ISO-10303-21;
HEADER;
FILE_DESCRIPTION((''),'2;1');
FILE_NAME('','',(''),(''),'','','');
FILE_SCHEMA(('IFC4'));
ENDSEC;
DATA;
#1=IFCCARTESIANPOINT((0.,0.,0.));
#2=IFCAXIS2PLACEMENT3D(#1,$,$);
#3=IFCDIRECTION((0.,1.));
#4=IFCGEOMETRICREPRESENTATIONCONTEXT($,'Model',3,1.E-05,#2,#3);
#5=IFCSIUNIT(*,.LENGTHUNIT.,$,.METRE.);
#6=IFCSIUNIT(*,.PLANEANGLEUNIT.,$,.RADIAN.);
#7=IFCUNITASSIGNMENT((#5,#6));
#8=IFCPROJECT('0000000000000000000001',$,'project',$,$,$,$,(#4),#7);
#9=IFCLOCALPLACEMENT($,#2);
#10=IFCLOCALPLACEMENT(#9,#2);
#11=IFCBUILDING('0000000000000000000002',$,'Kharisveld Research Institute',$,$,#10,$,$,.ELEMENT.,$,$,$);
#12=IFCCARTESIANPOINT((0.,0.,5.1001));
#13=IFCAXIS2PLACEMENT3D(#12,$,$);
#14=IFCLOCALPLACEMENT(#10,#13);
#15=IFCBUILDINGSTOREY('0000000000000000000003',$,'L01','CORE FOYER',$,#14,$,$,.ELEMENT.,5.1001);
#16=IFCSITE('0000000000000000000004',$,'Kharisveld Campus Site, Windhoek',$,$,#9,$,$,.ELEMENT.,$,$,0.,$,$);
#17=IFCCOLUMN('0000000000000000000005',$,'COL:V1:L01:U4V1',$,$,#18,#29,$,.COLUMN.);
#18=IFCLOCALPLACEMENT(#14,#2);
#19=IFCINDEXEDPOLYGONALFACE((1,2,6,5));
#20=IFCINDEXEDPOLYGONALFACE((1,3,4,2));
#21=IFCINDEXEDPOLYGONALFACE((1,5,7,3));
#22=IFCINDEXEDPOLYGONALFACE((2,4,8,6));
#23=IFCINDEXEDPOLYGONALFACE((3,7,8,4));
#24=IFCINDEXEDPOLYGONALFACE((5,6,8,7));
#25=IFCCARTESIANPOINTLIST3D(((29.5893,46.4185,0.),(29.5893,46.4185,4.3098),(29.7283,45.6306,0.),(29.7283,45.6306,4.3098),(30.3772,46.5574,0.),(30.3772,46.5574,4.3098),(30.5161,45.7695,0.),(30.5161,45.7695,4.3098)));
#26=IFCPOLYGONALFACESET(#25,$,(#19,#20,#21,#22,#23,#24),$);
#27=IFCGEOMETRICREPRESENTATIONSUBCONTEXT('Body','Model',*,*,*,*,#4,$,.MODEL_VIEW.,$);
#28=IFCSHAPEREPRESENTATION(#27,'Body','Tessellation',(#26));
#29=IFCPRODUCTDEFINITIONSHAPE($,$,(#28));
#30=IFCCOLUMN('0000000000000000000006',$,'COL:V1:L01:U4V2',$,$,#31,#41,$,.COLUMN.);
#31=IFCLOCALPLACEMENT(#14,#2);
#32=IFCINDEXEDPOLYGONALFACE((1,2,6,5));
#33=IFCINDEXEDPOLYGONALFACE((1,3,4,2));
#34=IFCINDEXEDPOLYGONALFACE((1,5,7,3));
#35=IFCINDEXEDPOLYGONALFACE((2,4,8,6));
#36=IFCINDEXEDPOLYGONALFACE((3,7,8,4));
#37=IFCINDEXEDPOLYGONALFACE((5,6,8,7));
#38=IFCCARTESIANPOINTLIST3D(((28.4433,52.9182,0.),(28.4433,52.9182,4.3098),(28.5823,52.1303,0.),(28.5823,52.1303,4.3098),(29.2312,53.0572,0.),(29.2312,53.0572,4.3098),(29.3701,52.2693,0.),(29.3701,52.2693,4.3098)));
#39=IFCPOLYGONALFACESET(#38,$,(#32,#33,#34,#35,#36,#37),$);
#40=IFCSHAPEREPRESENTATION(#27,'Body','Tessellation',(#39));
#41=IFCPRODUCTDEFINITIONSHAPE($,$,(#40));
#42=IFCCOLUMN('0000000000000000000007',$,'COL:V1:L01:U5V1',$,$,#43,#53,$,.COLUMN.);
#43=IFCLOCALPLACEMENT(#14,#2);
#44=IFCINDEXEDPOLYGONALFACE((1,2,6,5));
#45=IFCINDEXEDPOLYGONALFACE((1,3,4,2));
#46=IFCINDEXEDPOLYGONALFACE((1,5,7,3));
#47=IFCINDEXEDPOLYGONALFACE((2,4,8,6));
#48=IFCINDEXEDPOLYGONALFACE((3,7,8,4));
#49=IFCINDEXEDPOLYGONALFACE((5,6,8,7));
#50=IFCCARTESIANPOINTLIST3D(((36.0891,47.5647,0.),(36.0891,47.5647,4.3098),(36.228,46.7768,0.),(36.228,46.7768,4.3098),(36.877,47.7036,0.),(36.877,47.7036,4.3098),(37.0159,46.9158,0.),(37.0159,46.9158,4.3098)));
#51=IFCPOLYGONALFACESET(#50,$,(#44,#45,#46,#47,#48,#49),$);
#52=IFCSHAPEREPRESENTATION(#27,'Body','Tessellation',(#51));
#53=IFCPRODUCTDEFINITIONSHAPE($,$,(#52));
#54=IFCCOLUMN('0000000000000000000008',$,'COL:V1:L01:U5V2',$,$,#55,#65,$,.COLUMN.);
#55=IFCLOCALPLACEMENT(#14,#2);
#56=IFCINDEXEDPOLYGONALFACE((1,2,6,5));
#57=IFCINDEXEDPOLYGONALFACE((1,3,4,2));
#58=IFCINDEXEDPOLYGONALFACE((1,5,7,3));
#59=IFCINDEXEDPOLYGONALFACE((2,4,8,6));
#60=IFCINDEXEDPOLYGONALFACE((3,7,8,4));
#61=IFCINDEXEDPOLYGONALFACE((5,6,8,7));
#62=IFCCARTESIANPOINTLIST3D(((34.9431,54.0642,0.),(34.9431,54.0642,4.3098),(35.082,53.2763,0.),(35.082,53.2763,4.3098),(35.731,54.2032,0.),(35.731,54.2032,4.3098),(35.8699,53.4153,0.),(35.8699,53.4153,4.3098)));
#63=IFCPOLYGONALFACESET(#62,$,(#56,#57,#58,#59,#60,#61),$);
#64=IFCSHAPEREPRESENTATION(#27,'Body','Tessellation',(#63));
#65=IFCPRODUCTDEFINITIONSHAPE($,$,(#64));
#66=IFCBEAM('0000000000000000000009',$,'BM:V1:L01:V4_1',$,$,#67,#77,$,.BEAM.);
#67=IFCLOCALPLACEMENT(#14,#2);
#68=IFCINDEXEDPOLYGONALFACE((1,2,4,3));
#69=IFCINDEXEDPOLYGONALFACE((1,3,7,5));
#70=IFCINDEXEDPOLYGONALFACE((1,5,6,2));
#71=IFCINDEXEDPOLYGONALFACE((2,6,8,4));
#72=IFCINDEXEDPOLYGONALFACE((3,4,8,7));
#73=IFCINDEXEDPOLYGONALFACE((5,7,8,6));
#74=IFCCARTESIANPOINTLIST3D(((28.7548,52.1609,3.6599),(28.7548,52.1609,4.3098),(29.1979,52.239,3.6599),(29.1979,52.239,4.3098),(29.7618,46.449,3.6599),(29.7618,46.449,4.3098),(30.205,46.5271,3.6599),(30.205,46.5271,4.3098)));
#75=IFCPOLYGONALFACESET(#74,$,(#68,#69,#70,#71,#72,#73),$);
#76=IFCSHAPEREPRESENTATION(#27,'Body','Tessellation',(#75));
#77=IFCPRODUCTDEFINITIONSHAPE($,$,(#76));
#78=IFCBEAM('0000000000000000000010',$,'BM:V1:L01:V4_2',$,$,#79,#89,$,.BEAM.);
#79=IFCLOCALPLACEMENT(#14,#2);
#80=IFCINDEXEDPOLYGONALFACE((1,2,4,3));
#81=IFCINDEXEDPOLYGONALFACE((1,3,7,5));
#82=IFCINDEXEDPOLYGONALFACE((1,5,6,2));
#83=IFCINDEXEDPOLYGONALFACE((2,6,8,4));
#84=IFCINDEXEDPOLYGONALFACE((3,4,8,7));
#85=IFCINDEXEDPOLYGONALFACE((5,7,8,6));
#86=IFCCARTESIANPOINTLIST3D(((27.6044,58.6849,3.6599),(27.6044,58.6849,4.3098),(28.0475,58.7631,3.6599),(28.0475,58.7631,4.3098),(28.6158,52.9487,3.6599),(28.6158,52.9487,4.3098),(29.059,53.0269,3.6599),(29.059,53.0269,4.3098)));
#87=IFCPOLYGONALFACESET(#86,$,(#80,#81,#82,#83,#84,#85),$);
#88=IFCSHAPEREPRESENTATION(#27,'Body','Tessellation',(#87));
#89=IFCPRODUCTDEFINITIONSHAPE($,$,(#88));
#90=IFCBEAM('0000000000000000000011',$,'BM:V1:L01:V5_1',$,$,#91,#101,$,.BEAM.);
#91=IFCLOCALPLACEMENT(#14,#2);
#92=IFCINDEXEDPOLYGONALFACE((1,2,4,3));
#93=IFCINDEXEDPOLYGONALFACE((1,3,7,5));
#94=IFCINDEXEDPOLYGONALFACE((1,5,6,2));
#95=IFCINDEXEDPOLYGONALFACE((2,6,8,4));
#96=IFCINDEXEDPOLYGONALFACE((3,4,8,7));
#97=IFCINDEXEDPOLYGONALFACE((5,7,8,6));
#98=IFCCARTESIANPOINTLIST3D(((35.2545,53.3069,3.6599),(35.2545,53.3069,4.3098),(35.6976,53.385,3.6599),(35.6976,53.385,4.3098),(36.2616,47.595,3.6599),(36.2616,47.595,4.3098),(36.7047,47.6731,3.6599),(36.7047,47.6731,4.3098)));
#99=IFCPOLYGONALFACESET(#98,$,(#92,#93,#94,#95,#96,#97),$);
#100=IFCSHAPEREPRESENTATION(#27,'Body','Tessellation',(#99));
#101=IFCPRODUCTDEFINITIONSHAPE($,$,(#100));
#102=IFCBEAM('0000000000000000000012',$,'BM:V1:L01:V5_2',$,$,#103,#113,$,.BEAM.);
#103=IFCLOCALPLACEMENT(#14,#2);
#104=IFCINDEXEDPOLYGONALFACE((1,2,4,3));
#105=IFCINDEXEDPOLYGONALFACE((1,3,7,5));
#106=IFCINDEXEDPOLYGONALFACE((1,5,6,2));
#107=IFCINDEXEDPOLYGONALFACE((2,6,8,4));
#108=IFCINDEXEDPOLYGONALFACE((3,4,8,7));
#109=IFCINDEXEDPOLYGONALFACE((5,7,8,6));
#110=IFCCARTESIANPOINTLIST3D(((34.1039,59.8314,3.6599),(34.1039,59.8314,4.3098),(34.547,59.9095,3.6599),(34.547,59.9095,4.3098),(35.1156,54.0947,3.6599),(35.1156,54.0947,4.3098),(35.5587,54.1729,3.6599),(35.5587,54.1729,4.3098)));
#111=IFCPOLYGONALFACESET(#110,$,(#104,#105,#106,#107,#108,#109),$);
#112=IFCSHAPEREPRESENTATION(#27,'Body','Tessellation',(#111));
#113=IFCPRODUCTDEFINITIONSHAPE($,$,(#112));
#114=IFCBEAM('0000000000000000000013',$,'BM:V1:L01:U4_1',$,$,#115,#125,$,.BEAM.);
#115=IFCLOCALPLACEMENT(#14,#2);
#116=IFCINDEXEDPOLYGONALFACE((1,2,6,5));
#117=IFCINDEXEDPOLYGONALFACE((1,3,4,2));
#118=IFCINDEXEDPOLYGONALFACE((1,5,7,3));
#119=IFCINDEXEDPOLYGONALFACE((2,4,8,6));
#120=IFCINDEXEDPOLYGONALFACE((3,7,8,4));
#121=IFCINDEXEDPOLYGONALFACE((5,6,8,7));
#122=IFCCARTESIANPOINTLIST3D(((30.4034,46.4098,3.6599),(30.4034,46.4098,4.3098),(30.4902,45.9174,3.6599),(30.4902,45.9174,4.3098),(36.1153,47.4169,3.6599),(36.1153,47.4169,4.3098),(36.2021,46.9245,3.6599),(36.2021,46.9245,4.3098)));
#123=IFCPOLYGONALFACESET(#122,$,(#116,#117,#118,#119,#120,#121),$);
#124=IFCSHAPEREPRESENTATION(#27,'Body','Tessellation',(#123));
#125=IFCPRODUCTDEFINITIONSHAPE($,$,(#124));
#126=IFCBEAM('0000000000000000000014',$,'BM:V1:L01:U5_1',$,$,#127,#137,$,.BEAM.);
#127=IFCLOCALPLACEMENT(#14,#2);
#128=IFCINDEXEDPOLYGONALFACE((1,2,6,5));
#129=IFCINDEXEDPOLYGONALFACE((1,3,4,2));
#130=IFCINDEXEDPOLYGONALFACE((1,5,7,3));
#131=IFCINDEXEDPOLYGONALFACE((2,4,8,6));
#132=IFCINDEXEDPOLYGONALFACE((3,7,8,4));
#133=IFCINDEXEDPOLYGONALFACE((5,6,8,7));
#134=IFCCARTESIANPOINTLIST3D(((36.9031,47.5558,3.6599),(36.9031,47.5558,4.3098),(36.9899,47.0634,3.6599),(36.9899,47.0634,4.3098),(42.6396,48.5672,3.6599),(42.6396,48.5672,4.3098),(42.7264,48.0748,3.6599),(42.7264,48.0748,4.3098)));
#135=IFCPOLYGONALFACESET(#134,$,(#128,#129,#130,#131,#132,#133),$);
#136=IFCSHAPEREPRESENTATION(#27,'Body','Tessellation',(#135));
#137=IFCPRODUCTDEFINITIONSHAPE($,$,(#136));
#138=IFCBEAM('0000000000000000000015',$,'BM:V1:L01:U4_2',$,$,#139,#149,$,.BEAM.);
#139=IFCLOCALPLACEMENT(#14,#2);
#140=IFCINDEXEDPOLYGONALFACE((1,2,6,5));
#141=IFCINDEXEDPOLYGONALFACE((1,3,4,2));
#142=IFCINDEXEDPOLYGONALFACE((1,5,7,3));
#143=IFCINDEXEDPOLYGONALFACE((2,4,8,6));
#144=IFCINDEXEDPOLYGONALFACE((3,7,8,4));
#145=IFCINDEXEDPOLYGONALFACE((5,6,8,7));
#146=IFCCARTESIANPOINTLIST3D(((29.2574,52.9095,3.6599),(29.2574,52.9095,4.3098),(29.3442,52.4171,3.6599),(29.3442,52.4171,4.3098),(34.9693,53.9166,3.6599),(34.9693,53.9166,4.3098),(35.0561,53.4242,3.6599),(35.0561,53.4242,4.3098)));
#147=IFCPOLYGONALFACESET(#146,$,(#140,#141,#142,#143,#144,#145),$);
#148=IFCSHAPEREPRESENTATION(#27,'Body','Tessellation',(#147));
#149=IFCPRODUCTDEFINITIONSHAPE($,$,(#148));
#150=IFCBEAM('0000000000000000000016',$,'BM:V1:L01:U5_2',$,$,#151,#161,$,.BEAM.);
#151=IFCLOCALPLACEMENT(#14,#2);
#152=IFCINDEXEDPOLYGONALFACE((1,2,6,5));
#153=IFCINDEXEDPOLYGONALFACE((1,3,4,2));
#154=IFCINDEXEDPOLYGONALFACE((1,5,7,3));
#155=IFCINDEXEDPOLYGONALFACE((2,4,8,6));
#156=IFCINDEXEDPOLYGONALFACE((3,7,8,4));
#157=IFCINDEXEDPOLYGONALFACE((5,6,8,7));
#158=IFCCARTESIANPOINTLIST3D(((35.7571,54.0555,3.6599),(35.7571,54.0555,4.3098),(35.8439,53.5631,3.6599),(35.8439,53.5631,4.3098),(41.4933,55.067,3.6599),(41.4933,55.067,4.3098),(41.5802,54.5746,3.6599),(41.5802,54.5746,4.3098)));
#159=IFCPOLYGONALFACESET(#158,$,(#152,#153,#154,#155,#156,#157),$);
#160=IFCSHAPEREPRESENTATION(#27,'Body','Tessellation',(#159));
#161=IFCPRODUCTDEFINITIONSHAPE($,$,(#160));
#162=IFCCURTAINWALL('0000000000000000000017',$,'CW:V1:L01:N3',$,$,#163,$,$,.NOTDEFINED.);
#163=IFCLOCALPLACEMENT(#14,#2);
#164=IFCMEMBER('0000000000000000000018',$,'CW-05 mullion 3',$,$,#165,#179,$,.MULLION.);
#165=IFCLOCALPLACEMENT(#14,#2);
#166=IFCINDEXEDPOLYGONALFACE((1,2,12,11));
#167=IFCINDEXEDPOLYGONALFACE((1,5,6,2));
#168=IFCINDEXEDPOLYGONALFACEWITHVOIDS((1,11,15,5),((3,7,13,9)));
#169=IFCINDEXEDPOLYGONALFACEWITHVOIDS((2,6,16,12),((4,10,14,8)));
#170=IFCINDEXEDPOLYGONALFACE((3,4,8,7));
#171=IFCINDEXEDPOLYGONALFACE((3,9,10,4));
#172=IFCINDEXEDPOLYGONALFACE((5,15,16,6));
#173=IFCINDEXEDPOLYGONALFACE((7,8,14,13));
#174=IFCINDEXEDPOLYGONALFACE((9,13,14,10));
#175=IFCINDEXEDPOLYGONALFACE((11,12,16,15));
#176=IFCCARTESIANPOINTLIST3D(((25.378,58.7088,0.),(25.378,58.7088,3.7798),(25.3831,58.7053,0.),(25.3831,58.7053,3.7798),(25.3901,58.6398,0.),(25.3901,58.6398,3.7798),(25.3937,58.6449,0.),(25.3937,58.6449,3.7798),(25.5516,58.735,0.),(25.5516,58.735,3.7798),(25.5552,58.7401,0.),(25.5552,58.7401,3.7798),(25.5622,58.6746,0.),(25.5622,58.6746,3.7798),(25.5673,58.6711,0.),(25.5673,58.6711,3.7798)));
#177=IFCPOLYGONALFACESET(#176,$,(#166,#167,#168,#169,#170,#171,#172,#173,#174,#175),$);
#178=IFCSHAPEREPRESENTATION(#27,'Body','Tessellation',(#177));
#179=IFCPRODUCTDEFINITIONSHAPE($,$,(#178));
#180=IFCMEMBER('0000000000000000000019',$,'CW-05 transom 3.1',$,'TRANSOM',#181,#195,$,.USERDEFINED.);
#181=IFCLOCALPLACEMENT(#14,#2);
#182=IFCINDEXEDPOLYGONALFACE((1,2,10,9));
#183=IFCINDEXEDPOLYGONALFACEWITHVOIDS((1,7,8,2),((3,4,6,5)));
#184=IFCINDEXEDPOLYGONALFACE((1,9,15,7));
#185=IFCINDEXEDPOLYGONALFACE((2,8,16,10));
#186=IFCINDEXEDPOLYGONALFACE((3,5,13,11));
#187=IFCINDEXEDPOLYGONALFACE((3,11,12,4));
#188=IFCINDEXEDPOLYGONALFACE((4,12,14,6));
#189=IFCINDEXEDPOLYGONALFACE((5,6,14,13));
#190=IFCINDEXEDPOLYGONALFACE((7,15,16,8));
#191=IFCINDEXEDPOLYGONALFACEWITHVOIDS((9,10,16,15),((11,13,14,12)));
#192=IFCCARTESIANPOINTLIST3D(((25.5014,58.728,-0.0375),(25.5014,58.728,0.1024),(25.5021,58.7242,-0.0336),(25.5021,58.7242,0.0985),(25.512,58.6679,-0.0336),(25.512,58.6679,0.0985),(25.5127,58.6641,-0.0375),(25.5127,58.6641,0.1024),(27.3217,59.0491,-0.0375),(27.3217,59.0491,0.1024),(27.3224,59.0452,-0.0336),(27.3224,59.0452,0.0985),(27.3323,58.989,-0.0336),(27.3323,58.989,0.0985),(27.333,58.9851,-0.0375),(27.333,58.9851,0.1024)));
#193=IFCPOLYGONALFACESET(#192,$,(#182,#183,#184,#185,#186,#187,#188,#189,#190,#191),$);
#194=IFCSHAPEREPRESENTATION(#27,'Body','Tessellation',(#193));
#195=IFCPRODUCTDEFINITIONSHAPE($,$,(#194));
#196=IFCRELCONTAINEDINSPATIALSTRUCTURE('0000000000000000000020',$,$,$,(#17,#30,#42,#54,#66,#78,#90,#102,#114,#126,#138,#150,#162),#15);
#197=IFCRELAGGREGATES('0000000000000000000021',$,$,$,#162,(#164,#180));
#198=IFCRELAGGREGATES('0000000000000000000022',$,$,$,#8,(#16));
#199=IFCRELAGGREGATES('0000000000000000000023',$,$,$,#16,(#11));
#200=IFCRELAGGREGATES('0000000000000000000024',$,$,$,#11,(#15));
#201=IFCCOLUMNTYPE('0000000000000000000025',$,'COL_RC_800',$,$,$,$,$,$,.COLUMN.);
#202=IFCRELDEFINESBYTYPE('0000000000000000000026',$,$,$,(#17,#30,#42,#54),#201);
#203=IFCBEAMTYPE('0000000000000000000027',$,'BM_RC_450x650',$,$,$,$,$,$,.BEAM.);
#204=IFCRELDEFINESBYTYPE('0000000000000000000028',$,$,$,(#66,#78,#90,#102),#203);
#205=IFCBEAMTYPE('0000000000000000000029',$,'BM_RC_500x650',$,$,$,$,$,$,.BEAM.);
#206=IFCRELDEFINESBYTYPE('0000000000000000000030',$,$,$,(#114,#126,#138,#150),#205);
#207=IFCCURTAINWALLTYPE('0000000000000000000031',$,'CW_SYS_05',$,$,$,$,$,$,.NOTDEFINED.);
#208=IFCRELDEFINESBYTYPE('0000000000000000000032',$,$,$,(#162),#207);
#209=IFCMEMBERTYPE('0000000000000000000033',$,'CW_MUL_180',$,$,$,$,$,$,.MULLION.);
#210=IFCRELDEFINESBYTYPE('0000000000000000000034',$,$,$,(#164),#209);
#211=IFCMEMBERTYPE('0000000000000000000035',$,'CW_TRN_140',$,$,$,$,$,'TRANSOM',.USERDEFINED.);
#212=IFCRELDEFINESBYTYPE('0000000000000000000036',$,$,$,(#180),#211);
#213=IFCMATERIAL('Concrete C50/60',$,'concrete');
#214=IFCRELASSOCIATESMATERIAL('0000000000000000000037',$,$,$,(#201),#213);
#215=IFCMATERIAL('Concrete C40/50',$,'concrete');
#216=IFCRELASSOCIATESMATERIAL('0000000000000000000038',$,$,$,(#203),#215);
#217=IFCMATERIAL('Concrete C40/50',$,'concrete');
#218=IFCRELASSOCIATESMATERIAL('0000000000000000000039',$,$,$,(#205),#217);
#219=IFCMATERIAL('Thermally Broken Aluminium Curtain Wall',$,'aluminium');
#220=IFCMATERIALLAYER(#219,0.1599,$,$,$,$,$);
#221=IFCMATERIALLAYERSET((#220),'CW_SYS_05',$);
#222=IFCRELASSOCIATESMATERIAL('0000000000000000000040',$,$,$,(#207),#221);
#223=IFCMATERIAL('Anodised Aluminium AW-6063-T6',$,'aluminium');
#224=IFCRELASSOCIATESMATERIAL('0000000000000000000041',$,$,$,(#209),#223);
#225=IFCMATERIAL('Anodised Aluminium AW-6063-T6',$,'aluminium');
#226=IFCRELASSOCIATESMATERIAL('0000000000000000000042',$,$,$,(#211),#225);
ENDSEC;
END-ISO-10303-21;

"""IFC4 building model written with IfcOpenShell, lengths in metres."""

from ifc_helpers import new_model, si_unit, direction, frame, origin, origin_2d, place, context, subcontext, project, spatial, rectangle, hollow_rectangle, extrude, material, layer, layer_set, material_profile, profile_set, type_object, element, aggregate, save


model = new_model("IFC4")

# Units and contexts
model_context = context("Model", 3, precision=1e-05, world=origin(), true_north=direction((0.0, 1.0)))
body_context = subcontext(model_context, "Body", "Model", "MODEL_VIEW")
ifc_project = project(units=[si_unit("LENGTHUNIT", "METRE"), si_unit("PLANEANGLEUNIT", "RADIAN")], contexts=[model_context])

# Site, building, storey
site_placement = place(None, origin())
site = spatial("IfcSite", under=ifc_project, at=site_placement, Name="Kharisveld Campus Site, Windhoek", CompositionType="ELEMENT", RefElevation=0.0)
building_placement = place(site_placement, origin())
building = spatial("IfcBuilding", under=site, at=building_placement, Name="Kharisveld Research Institute", CompositionType="ELEMENT")
storey_placement = place(building_placement, frame((0.0, 0.0, 5.1001)))
storey = spatial("IfcBuildingStorey", under=building, at=storey_placement, Name="L01", Description="CORE FOYER", CompositionType="ELEMENT", Elevation=5.1001)

# Columns
ifc_material_1 = material(Name="Concrete C50/60", Category="concrete")
ifc_material_profile_1 = material_profile(ifc_material_1, rectangle(XDim=0.8, YDim=0.8, at=origin_2d()))
ifc_profile_set_1 = profile_set([ifc_material_profile_1], Name="Concrete C50/60")
column_type = type_object("IfcColumnType", Name="COL_RC_800", PredefinedType="COLUMN", material=ifc_profile_set_1)
for number, where, z_axis, x_axis, name in (
    (1, (30.0527, 46.094, 0.0), (0.0, 0.0, 1.0), (0.984808, 0.173648, 0.0), "COL:V1:L01:U4V1"),
    (2, (28.9067, 52.5938, 0.0), (0.0, 0.0, 1.0), (0.984808, 0.173648, 0.0), "COL:V1:L01:U4V2"),
    (3, (36.5525, 47.2402, 0.0), (0.0, 0.0, 1.0), (0.984808, 0.173648, 0.0), "COL:V1:L01:U5V1"),
    (4, (35.4065, 53.7397, 0.0), (0.0, 0.0, 1.0), (0.984808, 0.173648, 0.0), "COL:V1:L01:U5V2"),
):
    element("IfcColumn", number, at=place(storey_placement, frame(where, z_axis=z_axis, x_axis=x_axis)), inside=storey, type_object=column_type, Name=name, PredefinedType="COLUMN", context=body_context, shape_type="SweptSolid", body=[
        extrude(rectangle(XDim=0.8, YDim=0.8, at=origin_2d()), origin(), (0.0, 0.0, 1.0), 4.3098),
    ])

# Beams
ifc_material_2 = material(Name="Concrete C40/50", Category="concrete")
ifc_material_profile_2 = material_profile(ifc_material_2, rectangle(XDim=0.45, YDim=0.6499, at=origin_2d()))
ifc_profile_set_2 = profile_set([ifc_material_profile_2], Name="Concrete C40/50")
beam_type_1 = type_object("IfcBeamType", Name="BM_RC_450x650", PredefinedType="BEAM", material=ifc_profile_set_2)
beam_1_placement = place(storey_placement, frame((29.9834, 46.488, 3.9849), z_axis=(-0.173634, 0.98481, 0.0), x_axis=(-0.98481, -0.173634, 0.0)))
element("IfcBeam", 5, at=beam_1_placement, inside=storey, type_object=beam_type_1, Name="BM:V1:L01:V4_1", PredefinedType="BEAM", context=body_context, shape_type="SweptSolid", body=[
    extrude(rectangle(XDim=0.45, YDim=0.6499, at=origin_2d()), origin(), (0.0, 0.0, 1.0), 5.8),
])
beam_2_placement = place(storey_placement, frame((28.8374, 52.9878, 3.9849), z_axis=(-0.173649, 0.984808, 0.0), x_axis=(-0.984808, -0.173649, 0.0)))
element("IfcBeam", 6, at=beam_2_placement, inside=storey, type_object=beam_type_1, Name="BM:V1:L01:V4_2", PredefinedType="BEAM", context=body_context, shape_type="SweptSolid", body=[
    extrude(rectangle(XDim=0.45, YDim=0.6499, at=origin_2d()), origin(), (0.0, 0.0, 1.0), 5.8247),
])
beam_3_placement = place(storey_placement, frame((36.4832, 47.634, 3.9849), z_axis=(-0.173634, 0.98481, 0.0), x_axis=(-0.98481, -0.173634, 0.0)))
element("IfcBeam", 7, at=beam_3_placement, inside=storey, type_object=beam_type_1, Name="BM:V1:L01:V5_1", PredefinedType="BEAM", context=body_context, shape_type="SweptSolid", body=[
    extrude(rectangle(XDim=0.45, YDim=0.6499, at=origin_2d()), origin(), (0.0, 0.0, 1.0), 5.8),
])
beam_4_placement = place(storey_placement, frame((35.3372, 54.1338, 3.9849), z_axis=(-0.173683, 0.984802, 0.0), x_axis=(-0.984802, -0.173683, 0.0)))
element("IfcBeam", 8, at=beam_4_placement, inside=storey, type_object=beam_type_1, Name="BM:V1:L01:V5_2", PredefinedType="BEAM", context=body_context, shape_type="SweptSolid", body=[
    extrude(rectangle(XDim=0.45, YDim=0.6499, at=origin_2d()), origin(), (0.0, 0.0, 1.0), 5.8252),
])
ifc_material_3 = material(Name="Concrete C40/50", Category="concrete")
ifc_material_profile_3 = material_profile(ifc_material_3, rectangle(XDim=0.5, YDim=0.6499, at=origin_2d()))
ifc_profile_set_3 = profile_set([ifc_material_profile_3], Name="Concrete C40/50")
beam_type_2 = type_object("IfcBeamType", Name="BM_RC_500x650", PredefinedType="BEAM", material=ifc_profile_set_3)
beam_5_placement = place(storey_placement, frame((30.4468, 46.1636, 3.9849), z_axis=(0.98481, 0.173634, 0.0), x_axis=(-0.173634, 0.98481, 0.0)))
element("IfcBeam", 9, at=beam_5_placement, inside=storey, type_object=beam_type_2, Name="BM:V1:L01:U4_1", PredefinedType="BEAM", context=body_context, shape_type="SweptSolid", body=[
    extrude(rectangle(XDim=0.5, YDim=0.6499, at=origin_2d()), origin(), (0.0, 0.0, 1.0), 5.8),
])
beam_6_placement = place(storey_placement, frame((36.9465, 47.3096, 3.9849), z_axis=(0.984809, 0.173642, 0.0), x_axis=(-0.173642, 0.984809, 0.0)))
element("IfcBeam", 10, at=beam_6_placement, inside=storey, type_object=beam_type_2, Name="BM:V1:L01:U5_1", PredefinedType="BEAM", context=body_context, shape_type="SweptSolid", body=[
    extrude(rectangle(XDim=0.5, YDim=0.6499, at=origin_2d()), origin(), (0.0, 0.0, 1.0), 5.825),
])
beam_7_placement = place(storey_placement, frame((29.3008, 52.6633, 3.9849), z_axis=(0.98481, 0.173634, 0.0), x_axis=(-0.173634, 0.98481, 0.0)))
element("IfcBeam", 11, at=beam_7_placement, inside=storey, type_object=beam_type_2, Name="BM:V1:L01:U4_2", PredefinedType="BEAM", context=body_context, shape_type="SweptSolid", body=[
    extrude(rectangle(XDim=0.5, YDim=0.6499, at=origin_2d()), origin(), (0.0, 0.0, 1.0), 5.8),
])
beam_8_placement = place(storey_placement, frame((35.8005, 53.8093, 3.9849), z_axis=(0.984808, 0.173649, 0.0), x_axis=(-0.173649, 0.984808, 0.0)))
element("IfcBeam", 12, at=beam_8_placement, inside=storey, type_object=beam_type_2, Name="BM:V1:L01:U5_2", PredefinedType="BEAM", context=body_context, shape_type="SweptSolid", body=[
    extrude(rectangle(XDim=0.5, YDim=0.6499, at=origin_2d()), origin(), (0.0, 0.0, 1.0), 5.8247),
])

# Curtain wall, members
ifc_material_4 = material(Name="Thermally Broken Aluminium Curtain Wall", Category="aluminium")
ifc_layer_1 = layer(ifc_material_4, 0.1599)
ifc_layer_set_1 = layer_set([ifc_layer_1], Name="CW_SYS_05")
curtain_wall_type = type_object("IfcCurtainWallType", Name="CW_SYS_05", PredefinedType="NOTDEFINED", material=ifc_layer_set_1)
curtain_wall_placement = place(storey_placement, origin())
curtain_wall = element("IfcCurtainWall", 13, at=curtain_wall_placement, inside=storey, type_object=curtain_wall_type, Name="CW:V1:L01:N3", PredefinedType="NOTDEFINED")
ifc_material_5 = material(Name="Anodised Aluminium AW-6063-T6", Category="aluminium")
ifc_material_profile_4 = material_profile(ifc_material_5, hollow_rectangle(XDim=0.0701, YDim=0.1799, WallThickness=0.0044, at=origin_2d()))
ifc_profile_set_4 = profile_set([ifc_material_profile_4], Name="Anodised Aluminium AW-6063-T6")
member_type_1 = type_object("IfcMemberType", Name="CW_MUL_180", PredefinedType="MULLION", material=ifc_profile_set_4)
member_1_placement = place(storey_placement, frame((25.4727, 58.6899, 0.0), z_axis=(0.0, 0.0, 1.0), x_axis=(-0.173648, 0.984808, 0.0)))
member_1 = element("IfcMember", 14, at=member_1_placement, type_object=member_type_1, Name="CW-05 mullion 3", PredefinedType="MULLION", context=body_context, shape_type="SweptSolid", body=[
    extrude(hollow_rectangle(XDim=0.0701, YDim=0.1799, WallThickness=0.0044, at=origin_2d()), origin(), (0.0, 0.0, 1.0), 3.7798),
])
ifc_material_6 = material(Name="Anodised Aluminium AW-6063-T6", Category="aluminium")
ifc_material_profile_5 = material_profile(ifc_material_6, hollow_rectangle(XDim=0.0649, YDim=0.1399, WallThickness=0.0039, at=origin_2d()))
ifc_profile_set_5 = profile_set([ifc_material_profile_5], Name="Anodised Aluminium AW-6063-T6")
member_type_2 = type_object("IfcMemberType", Name="CW_TRN_140", ElementType="TRANSOM", PredefinedType="USERDEFINED", material=ifc_profile_set_5)
member_2_placement = place(storey_placement, frame((25.5071, 58.696, 0.0325), z_axis=(0.984801, 0.173687, 0.0), x_axis=(-0.173687, 0.984801, 0.0)))
member_2 = element("IfcMember", 15, at=member_2_placement, type_object=member_type_2, Name="CW-05 transom 3.1", ObjectType="TRANSOM", PredefinedType="USERDEFINED", context=body_context, shape_type="SweptSolid", body=[
    extrude(hollow_rectangle(XDim=0.0649, YDim=0.1399, WallThickness=0.0039, at=origin_2d()), origin(), (0.0, 0.0, 1.0), 1.8484),
])

aggregate(curtain_wall, [member_1, member_2])

save(model, "model.ifc")
